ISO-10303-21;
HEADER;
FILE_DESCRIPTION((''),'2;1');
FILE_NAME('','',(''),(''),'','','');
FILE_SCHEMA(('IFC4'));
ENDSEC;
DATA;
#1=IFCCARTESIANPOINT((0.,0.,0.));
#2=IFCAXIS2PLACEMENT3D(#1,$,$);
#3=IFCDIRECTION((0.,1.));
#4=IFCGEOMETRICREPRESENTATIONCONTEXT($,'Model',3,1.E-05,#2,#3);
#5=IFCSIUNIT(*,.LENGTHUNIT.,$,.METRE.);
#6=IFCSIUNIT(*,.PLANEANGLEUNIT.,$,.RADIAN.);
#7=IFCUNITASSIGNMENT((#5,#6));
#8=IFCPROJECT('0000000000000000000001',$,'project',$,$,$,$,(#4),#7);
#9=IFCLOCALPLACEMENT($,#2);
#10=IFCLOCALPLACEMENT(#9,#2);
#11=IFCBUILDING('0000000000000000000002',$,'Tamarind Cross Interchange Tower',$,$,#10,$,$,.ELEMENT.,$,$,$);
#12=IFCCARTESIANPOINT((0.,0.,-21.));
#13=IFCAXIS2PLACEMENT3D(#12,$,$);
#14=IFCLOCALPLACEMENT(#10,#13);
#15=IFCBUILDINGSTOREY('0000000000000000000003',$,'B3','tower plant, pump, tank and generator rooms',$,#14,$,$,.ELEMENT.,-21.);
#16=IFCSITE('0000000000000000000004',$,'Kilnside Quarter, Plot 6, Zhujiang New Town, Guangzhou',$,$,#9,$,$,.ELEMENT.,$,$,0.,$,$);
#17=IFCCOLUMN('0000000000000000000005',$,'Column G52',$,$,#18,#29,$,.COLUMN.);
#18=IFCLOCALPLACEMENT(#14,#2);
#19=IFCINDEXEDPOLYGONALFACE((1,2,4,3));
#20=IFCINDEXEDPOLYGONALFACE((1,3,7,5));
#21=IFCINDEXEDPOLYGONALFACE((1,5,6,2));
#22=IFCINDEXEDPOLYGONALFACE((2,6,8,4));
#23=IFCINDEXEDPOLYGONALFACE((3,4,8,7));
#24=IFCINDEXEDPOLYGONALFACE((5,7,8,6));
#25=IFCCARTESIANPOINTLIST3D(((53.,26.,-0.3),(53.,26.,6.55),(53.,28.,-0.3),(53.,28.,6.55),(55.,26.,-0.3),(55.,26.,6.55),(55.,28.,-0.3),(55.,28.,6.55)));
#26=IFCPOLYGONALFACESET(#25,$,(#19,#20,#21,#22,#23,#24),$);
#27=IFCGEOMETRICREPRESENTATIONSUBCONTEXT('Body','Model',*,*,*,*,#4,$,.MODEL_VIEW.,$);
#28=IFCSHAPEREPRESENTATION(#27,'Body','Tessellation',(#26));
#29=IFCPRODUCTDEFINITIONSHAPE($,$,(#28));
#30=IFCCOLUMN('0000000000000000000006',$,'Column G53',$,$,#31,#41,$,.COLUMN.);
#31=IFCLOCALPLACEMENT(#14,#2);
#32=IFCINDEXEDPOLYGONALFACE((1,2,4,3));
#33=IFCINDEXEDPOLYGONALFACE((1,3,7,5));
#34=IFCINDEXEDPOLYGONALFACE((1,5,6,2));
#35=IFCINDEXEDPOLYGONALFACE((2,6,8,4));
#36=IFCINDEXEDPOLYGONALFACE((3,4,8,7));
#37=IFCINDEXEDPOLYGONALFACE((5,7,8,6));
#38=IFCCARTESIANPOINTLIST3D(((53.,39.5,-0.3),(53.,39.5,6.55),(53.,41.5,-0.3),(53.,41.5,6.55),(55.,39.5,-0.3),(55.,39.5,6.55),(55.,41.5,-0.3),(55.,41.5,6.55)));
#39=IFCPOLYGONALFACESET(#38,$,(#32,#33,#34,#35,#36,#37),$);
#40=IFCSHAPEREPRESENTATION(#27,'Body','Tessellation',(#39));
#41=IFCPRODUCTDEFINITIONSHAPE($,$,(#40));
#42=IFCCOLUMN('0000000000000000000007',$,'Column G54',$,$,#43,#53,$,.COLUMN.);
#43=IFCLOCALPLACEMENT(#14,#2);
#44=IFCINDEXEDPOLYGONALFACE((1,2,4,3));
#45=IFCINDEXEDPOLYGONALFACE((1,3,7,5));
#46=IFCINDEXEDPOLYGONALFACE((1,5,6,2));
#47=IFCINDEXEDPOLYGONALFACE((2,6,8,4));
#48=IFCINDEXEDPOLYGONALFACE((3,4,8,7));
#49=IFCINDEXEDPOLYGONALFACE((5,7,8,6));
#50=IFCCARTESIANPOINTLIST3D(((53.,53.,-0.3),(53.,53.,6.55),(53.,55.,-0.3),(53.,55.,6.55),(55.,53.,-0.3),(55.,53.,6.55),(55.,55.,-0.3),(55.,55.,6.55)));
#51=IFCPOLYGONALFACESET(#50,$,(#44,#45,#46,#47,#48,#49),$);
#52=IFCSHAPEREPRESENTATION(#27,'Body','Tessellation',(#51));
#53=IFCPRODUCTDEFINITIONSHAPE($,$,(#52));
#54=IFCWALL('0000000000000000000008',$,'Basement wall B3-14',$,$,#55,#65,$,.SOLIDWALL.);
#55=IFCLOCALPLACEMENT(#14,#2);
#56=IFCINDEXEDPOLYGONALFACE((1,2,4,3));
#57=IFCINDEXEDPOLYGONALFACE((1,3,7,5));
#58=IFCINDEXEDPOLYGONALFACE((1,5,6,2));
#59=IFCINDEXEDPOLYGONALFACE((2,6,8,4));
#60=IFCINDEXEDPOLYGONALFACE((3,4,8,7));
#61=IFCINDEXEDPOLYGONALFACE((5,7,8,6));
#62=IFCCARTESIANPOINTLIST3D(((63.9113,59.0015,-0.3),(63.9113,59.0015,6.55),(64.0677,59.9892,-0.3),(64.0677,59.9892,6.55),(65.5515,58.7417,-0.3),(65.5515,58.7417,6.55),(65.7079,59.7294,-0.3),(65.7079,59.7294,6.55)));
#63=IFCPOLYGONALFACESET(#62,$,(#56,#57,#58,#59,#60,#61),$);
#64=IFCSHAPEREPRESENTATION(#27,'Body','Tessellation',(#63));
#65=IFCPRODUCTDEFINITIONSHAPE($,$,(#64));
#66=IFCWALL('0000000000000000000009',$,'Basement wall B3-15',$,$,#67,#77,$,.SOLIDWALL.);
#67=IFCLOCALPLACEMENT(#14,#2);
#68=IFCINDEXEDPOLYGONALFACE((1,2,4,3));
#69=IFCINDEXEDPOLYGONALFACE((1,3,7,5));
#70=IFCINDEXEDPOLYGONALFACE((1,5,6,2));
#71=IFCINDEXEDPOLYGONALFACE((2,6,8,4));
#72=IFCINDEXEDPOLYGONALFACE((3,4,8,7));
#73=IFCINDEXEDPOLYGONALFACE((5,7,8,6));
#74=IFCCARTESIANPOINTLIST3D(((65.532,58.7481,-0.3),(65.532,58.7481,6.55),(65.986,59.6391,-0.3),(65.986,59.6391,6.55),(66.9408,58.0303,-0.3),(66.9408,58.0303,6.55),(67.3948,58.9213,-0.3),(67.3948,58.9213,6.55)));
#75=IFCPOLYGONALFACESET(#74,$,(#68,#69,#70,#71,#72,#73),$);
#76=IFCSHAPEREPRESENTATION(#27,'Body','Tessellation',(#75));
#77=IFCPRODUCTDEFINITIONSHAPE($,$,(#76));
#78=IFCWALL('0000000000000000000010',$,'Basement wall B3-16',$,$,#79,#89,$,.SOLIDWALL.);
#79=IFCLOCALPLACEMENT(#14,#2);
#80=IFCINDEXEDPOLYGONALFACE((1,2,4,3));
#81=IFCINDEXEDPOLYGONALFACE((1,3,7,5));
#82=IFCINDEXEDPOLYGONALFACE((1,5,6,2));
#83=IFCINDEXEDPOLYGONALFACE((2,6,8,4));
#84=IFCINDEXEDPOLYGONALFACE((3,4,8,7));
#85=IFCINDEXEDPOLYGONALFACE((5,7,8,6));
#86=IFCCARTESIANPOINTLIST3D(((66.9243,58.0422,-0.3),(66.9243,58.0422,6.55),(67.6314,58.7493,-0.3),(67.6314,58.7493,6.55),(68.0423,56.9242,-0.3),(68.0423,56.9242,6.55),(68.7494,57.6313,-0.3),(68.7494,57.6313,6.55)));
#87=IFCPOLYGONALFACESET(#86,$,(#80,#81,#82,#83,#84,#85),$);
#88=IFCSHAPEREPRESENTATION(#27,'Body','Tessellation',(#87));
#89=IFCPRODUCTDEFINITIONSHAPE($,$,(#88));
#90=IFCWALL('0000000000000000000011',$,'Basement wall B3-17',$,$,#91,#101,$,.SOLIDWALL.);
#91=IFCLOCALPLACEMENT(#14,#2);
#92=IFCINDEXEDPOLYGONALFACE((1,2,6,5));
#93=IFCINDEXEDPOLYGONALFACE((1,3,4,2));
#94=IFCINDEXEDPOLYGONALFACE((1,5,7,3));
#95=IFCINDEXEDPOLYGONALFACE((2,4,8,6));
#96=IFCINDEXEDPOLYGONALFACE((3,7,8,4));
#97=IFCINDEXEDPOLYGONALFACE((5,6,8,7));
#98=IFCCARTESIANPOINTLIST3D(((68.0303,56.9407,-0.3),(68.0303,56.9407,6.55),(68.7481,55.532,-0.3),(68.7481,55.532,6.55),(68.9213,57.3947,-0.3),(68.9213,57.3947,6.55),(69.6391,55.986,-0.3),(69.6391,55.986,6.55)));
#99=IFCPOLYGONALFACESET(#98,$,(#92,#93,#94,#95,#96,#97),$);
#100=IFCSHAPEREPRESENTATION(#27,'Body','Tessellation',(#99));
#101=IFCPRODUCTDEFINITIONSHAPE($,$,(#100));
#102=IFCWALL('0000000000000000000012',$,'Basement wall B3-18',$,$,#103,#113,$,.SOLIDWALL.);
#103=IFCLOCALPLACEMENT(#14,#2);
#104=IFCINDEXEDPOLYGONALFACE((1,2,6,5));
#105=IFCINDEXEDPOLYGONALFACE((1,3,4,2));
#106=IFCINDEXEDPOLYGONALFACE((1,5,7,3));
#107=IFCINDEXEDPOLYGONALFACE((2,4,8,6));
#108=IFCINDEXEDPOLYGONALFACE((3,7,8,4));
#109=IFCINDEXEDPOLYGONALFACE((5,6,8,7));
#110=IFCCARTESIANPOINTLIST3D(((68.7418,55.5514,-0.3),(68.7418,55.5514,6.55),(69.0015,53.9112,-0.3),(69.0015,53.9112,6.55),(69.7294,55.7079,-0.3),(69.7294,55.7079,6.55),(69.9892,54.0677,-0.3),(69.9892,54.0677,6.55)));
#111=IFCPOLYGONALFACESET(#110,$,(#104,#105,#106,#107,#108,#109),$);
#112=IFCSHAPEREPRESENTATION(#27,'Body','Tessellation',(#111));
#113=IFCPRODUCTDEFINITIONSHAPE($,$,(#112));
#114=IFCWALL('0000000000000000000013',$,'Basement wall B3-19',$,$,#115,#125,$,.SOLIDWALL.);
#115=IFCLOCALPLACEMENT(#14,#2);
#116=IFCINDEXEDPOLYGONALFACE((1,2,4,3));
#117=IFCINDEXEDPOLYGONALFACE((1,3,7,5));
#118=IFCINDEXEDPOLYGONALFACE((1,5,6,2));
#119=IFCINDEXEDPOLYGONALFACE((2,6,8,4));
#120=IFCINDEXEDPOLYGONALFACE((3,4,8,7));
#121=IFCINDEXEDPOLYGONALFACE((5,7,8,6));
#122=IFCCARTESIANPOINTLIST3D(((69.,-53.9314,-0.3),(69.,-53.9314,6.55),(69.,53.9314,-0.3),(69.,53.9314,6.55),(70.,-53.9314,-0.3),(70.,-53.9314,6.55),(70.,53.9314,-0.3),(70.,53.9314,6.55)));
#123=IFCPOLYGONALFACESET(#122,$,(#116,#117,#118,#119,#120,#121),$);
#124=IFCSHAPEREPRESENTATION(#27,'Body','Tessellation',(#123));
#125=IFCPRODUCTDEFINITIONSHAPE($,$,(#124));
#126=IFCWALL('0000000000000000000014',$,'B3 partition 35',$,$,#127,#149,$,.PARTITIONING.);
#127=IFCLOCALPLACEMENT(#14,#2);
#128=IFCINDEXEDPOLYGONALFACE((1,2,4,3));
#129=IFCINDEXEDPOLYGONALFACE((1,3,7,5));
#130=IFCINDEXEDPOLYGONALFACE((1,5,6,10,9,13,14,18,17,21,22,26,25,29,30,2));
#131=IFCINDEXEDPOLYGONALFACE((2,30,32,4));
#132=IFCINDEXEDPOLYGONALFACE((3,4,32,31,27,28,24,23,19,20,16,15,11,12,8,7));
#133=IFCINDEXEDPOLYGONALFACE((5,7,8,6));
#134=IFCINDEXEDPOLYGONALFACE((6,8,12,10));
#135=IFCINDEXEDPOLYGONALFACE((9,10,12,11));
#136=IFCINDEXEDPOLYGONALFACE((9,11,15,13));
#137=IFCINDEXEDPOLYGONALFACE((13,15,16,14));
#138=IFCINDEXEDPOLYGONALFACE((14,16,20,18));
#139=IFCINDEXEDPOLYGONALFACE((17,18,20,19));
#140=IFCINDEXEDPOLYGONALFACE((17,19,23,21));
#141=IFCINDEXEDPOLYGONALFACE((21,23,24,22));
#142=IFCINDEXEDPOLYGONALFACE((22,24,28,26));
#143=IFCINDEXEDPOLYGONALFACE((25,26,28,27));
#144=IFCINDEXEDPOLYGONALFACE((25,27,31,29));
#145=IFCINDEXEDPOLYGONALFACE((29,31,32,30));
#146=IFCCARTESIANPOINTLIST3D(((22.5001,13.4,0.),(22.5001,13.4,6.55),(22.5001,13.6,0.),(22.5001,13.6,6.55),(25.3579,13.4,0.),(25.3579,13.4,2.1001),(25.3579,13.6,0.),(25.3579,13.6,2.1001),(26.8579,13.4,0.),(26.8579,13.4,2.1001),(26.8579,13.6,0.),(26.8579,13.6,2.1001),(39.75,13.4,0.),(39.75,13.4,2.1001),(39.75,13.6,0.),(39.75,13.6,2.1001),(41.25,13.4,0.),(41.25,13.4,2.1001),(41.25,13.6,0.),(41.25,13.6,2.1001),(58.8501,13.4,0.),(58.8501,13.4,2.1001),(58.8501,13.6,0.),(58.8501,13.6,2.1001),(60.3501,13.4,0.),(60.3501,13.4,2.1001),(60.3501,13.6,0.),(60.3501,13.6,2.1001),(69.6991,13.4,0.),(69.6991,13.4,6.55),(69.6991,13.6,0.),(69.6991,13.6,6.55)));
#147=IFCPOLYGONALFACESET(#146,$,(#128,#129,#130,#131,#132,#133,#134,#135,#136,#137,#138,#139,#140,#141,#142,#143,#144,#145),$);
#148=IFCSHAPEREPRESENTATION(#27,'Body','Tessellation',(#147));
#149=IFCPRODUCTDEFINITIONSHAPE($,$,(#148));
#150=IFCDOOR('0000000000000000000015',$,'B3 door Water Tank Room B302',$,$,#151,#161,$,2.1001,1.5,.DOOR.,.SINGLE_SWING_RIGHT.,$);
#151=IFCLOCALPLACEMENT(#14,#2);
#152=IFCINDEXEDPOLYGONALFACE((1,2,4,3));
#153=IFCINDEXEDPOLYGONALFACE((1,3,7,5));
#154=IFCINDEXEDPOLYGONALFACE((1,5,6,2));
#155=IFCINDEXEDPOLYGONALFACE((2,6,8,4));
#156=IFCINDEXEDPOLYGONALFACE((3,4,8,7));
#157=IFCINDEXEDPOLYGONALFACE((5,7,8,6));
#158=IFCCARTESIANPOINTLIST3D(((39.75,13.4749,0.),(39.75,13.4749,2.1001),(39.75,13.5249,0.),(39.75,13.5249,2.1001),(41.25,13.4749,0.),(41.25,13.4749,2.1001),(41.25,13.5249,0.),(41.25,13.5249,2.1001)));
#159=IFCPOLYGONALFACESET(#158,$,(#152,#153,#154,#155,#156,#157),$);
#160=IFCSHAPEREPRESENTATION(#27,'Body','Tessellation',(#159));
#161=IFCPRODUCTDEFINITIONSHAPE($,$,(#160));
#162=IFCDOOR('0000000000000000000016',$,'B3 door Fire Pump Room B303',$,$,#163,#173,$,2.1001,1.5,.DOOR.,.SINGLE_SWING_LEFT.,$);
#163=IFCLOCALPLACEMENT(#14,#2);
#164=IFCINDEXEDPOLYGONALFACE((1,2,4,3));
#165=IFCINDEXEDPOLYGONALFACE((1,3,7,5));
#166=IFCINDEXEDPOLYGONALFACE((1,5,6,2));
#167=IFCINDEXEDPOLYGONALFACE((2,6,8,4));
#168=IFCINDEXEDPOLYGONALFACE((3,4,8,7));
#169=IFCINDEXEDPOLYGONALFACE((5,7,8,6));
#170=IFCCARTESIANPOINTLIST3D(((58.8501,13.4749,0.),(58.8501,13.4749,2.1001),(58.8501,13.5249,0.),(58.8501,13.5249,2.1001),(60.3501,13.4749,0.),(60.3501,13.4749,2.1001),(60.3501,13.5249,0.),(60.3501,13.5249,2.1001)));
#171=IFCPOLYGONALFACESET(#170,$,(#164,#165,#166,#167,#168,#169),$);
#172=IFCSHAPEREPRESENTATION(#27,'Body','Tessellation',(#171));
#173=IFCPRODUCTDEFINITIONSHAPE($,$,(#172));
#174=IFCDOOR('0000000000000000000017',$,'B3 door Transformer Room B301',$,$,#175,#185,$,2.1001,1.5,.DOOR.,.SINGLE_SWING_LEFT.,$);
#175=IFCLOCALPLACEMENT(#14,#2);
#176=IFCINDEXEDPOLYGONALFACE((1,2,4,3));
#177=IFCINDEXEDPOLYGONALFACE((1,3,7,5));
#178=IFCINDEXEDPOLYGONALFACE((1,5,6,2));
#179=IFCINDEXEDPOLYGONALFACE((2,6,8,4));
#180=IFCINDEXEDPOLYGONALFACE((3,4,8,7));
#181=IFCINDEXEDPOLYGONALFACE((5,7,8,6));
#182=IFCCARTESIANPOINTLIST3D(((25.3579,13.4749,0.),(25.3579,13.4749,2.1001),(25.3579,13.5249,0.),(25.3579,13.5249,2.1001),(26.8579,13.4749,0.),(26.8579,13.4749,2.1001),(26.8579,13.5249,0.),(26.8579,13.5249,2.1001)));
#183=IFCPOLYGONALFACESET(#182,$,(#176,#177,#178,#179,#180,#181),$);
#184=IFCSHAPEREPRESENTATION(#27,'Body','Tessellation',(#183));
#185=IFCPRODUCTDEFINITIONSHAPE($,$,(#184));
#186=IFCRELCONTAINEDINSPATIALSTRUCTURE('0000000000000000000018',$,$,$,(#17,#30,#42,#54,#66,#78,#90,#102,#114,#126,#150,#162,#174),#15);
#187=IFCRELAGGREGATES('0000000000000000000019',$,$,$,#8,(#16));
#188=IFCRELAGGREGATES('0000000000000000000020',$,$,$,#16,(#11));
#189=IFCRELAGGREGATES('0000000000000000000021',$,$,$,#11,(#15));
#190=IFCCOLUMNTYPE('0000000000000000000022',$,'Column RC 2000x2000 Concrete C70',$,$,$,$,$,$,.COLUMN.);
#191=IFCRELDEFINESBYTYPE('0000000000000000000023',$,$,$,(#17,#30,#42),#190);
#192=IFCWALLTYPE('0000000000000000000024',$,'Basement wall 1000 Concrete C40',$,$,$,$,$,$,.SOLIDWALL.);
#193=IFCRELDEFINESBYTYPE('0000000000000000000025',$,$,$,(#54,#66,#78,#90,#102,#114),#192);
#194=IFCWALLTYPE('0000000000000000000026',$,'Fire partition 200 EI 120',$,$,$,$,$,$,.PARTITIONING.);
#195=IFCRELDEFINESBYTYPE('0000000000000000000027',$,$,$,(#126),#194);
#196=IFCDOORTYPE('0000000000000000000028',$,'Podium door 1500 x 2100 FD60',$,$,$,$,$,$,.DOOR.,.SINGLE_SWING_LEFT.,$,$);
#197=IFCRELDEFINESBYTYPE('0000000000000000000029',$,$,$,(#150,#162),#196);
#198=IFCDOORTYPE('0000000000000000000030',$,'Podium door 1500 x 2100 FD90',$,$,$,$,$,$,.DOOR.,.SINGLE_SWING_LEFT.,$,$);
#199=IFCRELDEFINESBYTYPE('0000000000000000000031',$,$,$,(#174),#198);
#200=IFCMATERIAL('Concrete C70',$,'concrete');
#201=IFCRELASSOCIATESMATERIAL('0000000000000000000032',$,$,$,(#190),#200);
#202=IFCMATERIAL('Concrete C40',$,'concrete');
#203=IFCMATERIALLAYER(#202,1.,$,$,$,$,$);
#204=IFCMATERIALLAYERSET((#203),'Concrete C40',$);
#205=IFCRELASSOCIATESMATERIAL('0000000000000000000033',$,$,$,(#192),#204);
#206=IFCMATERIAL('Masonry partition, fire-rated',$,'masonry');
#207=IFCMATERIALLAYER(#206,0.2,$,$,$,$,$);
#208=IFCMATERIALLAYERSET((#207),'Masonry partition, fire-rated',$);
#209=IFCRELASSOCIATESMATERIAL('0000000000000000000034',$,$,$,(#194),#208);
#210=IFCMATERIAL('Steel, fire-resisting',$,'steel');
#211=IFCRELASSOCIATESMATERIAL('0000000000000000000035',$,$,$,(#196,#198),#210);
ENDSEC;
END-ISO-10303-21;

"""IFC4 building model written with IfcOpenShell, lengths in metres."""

from ifc_helpers import new_model, si_unit, direction, frame, frame_2d, origin, origin_2d, place, context, subcontext, project, spatial, rectangle, extrude, material, layer, layer_set, material_profile, profile_set, type_object, element, fill, save


model = new_model("IFC4")

# Units and contexts
model_context = context("Model", 3, precision=1e-05, world=origin(), true_north=direction((0.0, 1.0)))
body_context = subcontext(model_context, "Body", "Model", "MODEL_VIEW")
ifc_project = project(units=[si_unit("LENGTHUNIT", "METRE"), si_unit("PLANEANGLEUNIT", "RADIAN")], contexts=[model_context])

# Site, building, storey
site_placement = place(None, origin())
site = spatial("IfcSite", under=ifc_project, at=site_placement, Name="Kilnside Quarter, Plot 6, Zhujiang New Town, Guangzhou", CompositionType="ELEMENT", RefElevation=0.0)
building_placement = place(site_placement, origin())
building = spatial("IfcBuilding", under=site, at=building_placement, Name="Tamarind Cross Interchange Tower", CompositionType="ELEMENT")
storey_placement = place(building_placement, frame((0.0, 0.0, -21.0)))
storey = spatial("IfcBuildingStorey", under=building, at=storey_placement, Name="B3", Description="tower plant, pump, tank and generator rooms", CompositionType="ELEMENT", Elevation=-21.0)

# Columns
ifc_material_1 = material(Name="Concrete C70", Category="concrete")
ifc_material_profile_1 = material_profile(ifc_material_1, rectangle(XDim=2.0, YDim=2.0, at=origin_2d()), Name="RC 2000x2000")
ifc_profile_set_1 = profile_set([ifc_material_profile_1], Name="Concrete C70")
column_type = type_object("IfcColumnType", Name="Column RC 2000x2000 Concrete C70", PredefinedType="COLUMN", material=ifc_profile_set_1)
for number, where, z_axis, x_axis, name in (
    (1, (54.0, 27.0, -0.3), (0.0, 0.0, 1.0), (1.0, 0.0, 0.0), "Column G52"),
    (2, (54.0, 40.5, -0.3), (0.0, 0.0, 1.0), (1.0, 0.0, 0.0), "Column G53"),
    (3, (54.0, 54.0, -0.3), (0.0, 0.0, 1.0), (1.0, 0.0, 0.0), "Column G54"),
):
    element("IfcColumn", number, at=place(storey_placement, frame(where, z_axis=z_axis, x_axis=x_axis)), inside=storey, type_object=column_type, Name=name, PredefinedType="COLUMN", context=body_context, shape_type="SweptSolid", body=[
        extrude(rectangle(XDim=2.0, YDim=2.0, at=origin_2d()), origin(), (0.0, 0.0, 1.0), 6.8501),
    ])

# Walls
ifc_material_2 = material(Name="Concrete C40", Category="concrete")
ifc_layer_1 = layer(ifc_material_2, 1.0)
ifc_layer_set_1 = layer_set([ifc_layer_1], Name="Concrete C40")
wall_type_1 = type_object("IfcWallType", Name="Basement wall 1000 Concrete C40", PredefinedType="SOLIDWALL", material=ifc_layer_set_1)
wall_1_placement = place(storey_placement, frame((63.9895, 59.4954, -0.3), z_axis=(0.0, 0.0, 1.0), x_axis=(0.987689, -0.156431, 0.0)))
element("IfcWall", 4, at=wall_1_placement, inside=storey, type_object=wall_type_1, Name="Basement wall B3-14", PredefinedType="SOLIDWALL", context=body_context, shape_type="SweptSolid", body=[
    extrude(rectangle(XDim=1.6606, YDim=1.0, at=frame_2d((0.8303, 0.0))), origin(), (0.0, 0.0, 1.0), 6.8501),
])
for number, where, z_axis, x_axis, name in (
    (5, (65.759, 59.1936, -0.3), (0.0, 0.0, 1.0), (0.891004, -0.453995, 0.0), "Basement wall B3-15"),
    (6, (67.2778, 58.3958, -0.3), (0.0, 0.0, 1.0), (0.707107, -0.707107, 0.0), "Basement wall B3-16"),
    (7, (68.4758, 57.1677, -0.3), (0.0, 0.0, 1.0), (0.453995, -0.891004, 0.0), "Basement wall B3-17"),
):
    element("IfcWall", number, at=place(storey_placement, frame(where, z_axis=z_axis, x_axis=x_axis)), inside=storey, type_object=wall_type_1, Name=name, PredefinedType="SOLIDWALL", context=body_context, shape_type="SweptSolid", body=[
        extrude(rectangle(XDim=1.5811, YDim=1.0, at=frame_2d((0.7905, 0.0))), origin(), (0.0, 0.0, 1.0), 6.8501),
    ])
wall_2_placement = place(storey_placement, frame((69.2356, 55.6296, -0.3), z_axis=(0.0, 0.0, 1.0), x_axis=(0.156431, -0.987689, 0.0)))
element("IfcWall", 8, at=wall_2_placement, inside=storey, type_object=wall_type_1, Name="Basement wall B3-18", PredefinedType="SOLIDWALL", context=body_context, shape_type="SweptSolid", body=[
    extrude(rectangle(XDim=1.6606, YDim=1.0, at=frame_2d((0.8303, 0.0))), origin(), (0.0, 0.0, 1.0), 6.8501),
])
wall_3_placement = place(storey_placement, frame((69.5, 53.9314, -0.3), z_axis=(0.0, 0.0, 1.0), x_axis=(0.0, -1.0, 0.0)))
element("IfcWall", 9, at=wall_3_placement, inside=storey, type_object=wall_type_1, Name="Basement wall B3-19", PredefinedType="SOLIDWALL", context=body_context, shape_type="SweptSolid", body=[
    extrude(rectangle(XDim=107.8628, YDim=1.0, at=frame_2d((53.9314, 0.0))), origin(), (0.0, 0.0, 1.0), 6.8501),
])

# Wall, openings, doors
ifc_material_3 = material(Name="Masonry partition, fire-rated", Category="masonry")
ifc_layer_2 = layer(ifc_material_3, 0.2)
ifc_layer_set_2 = layer_set([ifc_layer_2], Name="Masonry partition, fire-rated")
wall_type_2 = type_object("IfcWallType", Name="Fire partition 200 EI 120", PredefinedType="PARTITIONING", material=ifc_layer_set_2)
wall_4_placement = place(storey_placement, frame((22.5, 13.5, 0.0), z_axis=(0.0, 0.0, 1.0), x_axis=(1.0, 0.0, 0.0)))
wall_4 = element("IfcWall", 10, at=wall_4_placement, inside=storey, type_object=wall_type_2, Name="B3 partition 35", PredefinedType="PARTITIONING", context=body_context, shape_type="SweptSolid", body=[
    extrude(rectangle(XDim=47.199, YDim=0.2, at=frame_2d((23.5996, 0.0))), origin(), (0.0, 0.0, 1.0), 6.55),
])
opening_1_placement = place(wall_4_placement, frame((2.8579, 0.0, 0.0)))
opening_1 = element("IfcOpeningElement", 11, at=opening_1_placement, cuts=wall_4, PredefinedType="OPENING", context=body_context, shape_type="SweptSolid", body=[
    extrude(rectangle(XDim=1.5, YDim=2.1001, at=frame_2d((0.75, 1.05))), frame((0.0, 0.1099, 0.0), z_axis=(0.0, -1.0, 0.0), x_axis=(1.0, 0.0, 0.0)), (0.0, 0.0, 1.0), 0.22),
])
opening_2_placement = place(wall_4_placement, frame((17.25, 0.0, 0.0)))
opening_2 = element("IfcOpeningElement", 12, at=opening_2_placement, cuts=wall_4, PredefinedType="OPENING", context=body_context, shape_type="SweptSolid", body=[
    extrude(rectangle(XDim=1.5, YDim=2.1001, at=frame_2d((0.75, 1.05))), frame((0.0, 0.1099, 0.0), z_axis=(0.0, -1.0, 0.0), x_axis=(1.0, 0.0, 0.0)), (0.0, 0.0, 1.0), 0.22),
])
opening_3_placement = place(wall_4_placement, frame((36.3501, 0.0, 0.0)))
opening_3 = element("IfcOpeningElement", 13, at=opening_3_placement, cuts=wall_4, PredefinedType="OPENING", context=body_context, shape_type="SweptSolid", body=[
    extrude(rectangle(XDim=1.5, YDim=2.1001, at=frame_2d((0.75, 1.05))), frame((0.0, 0.1099, 0.0), z_axis=(0.0, -1.0, 0.0), x_axis=(1.0, 0.0, 0.0)), (0.0, 0.0, 1.0), 0.22),
])
ifc_material_4 = material(Name="Steel, fire-resisting", Category="steel")
door_type_1 = type_object("IfcDoorType", Name="Podium door 1500 x 2100 FD60", OperationType="SINGLE_SWING_LEFT", PredefinedType="DOOR", material=ifc_material_4)
door_1_placement = place(opening_2_placement, origin())
door_1 = element("IfcDoor", 14, at=door_1_placement, inside=storey, type_object=door_type_1, Name="B3 door Water Tank Room B302", OperationType="SINGLE_SWING_RIGHT", OverallHeight=2.1001, OverallWidth=1.5, PredefinedType="DOOR", context=body_context, shape_type="SweptSolid", body=[
    extrude(rectangle(XDim=1.5, YDim=2.1001, at=frame_2d((0.75, 1.05))), frame((0.0, 0.0249, 0.0), z_axis=(0.0, -1.0, 0.0), x_axis=(1.0, 0.0, 0.0)), (0.0, 0.0, 1.0), 0.05),
])
fill(opening_2, door_1)
door_2_placement = place(opening_3_placement, origin())
door_2 = element("IfcDoor", 15, at=door_2_placement, inside=storey, type_object=door_type_1, Name="B3 door Fire Pump Room B303", OperationType="SINGLE_SWING_LEFT", OverallHeight=2.1001, OverallWidth=1.5, PredefinedType="DOOR", context=body_context, shape_type="SweptSolid", body=[
    extrude(rectangle(XDim=1.5, YDim=2.1001, at=frame_2d((0.75, 1.05))), frame((0.0, 0.0249, 0.0), z_axis=(0.0, -1.0, 0.0), x_axis=(1.0, 0.0, 0.0)), (0.0, 0.0, 1.0), 0.05),
])
fill(opening_3, door_2)
door_type_2 = type_object("IfcDoorType", Name="Podium door 1500 x 2100 FD90", OperationType="SINGLE_SWING_LEFT", PredefinedType="DOOR", material=ifc_material_4)
door_3_placement = place(opening_1_placement, origin())
door_3 = element("IfcDoor", 16, at=door_3_placement, inside=storey, type_object=door_type_2, Name="B3 door Transformer Room B301", OperationType="SINGLE_SWING_LEFT", OverallHeight=2.1001, OverallWidth=1.5, PredefinedType="DOOR", context=body_context, shape_type="SweptSolid", body=[
    extrude(rectangle(XDim=1.5, YDim=2.1001, at=frame_2d((0.75, 1.05))), frame((0.0, 0.0249, 0.0), z_axis=(0.0, -1.0, 0.0), x_axis=(1.0, 0.0, 0.0)), (0.0, 0.0, 1.0), 0.05),
])
fill(opening_1, door_3)

save(model, "model.ifc")
